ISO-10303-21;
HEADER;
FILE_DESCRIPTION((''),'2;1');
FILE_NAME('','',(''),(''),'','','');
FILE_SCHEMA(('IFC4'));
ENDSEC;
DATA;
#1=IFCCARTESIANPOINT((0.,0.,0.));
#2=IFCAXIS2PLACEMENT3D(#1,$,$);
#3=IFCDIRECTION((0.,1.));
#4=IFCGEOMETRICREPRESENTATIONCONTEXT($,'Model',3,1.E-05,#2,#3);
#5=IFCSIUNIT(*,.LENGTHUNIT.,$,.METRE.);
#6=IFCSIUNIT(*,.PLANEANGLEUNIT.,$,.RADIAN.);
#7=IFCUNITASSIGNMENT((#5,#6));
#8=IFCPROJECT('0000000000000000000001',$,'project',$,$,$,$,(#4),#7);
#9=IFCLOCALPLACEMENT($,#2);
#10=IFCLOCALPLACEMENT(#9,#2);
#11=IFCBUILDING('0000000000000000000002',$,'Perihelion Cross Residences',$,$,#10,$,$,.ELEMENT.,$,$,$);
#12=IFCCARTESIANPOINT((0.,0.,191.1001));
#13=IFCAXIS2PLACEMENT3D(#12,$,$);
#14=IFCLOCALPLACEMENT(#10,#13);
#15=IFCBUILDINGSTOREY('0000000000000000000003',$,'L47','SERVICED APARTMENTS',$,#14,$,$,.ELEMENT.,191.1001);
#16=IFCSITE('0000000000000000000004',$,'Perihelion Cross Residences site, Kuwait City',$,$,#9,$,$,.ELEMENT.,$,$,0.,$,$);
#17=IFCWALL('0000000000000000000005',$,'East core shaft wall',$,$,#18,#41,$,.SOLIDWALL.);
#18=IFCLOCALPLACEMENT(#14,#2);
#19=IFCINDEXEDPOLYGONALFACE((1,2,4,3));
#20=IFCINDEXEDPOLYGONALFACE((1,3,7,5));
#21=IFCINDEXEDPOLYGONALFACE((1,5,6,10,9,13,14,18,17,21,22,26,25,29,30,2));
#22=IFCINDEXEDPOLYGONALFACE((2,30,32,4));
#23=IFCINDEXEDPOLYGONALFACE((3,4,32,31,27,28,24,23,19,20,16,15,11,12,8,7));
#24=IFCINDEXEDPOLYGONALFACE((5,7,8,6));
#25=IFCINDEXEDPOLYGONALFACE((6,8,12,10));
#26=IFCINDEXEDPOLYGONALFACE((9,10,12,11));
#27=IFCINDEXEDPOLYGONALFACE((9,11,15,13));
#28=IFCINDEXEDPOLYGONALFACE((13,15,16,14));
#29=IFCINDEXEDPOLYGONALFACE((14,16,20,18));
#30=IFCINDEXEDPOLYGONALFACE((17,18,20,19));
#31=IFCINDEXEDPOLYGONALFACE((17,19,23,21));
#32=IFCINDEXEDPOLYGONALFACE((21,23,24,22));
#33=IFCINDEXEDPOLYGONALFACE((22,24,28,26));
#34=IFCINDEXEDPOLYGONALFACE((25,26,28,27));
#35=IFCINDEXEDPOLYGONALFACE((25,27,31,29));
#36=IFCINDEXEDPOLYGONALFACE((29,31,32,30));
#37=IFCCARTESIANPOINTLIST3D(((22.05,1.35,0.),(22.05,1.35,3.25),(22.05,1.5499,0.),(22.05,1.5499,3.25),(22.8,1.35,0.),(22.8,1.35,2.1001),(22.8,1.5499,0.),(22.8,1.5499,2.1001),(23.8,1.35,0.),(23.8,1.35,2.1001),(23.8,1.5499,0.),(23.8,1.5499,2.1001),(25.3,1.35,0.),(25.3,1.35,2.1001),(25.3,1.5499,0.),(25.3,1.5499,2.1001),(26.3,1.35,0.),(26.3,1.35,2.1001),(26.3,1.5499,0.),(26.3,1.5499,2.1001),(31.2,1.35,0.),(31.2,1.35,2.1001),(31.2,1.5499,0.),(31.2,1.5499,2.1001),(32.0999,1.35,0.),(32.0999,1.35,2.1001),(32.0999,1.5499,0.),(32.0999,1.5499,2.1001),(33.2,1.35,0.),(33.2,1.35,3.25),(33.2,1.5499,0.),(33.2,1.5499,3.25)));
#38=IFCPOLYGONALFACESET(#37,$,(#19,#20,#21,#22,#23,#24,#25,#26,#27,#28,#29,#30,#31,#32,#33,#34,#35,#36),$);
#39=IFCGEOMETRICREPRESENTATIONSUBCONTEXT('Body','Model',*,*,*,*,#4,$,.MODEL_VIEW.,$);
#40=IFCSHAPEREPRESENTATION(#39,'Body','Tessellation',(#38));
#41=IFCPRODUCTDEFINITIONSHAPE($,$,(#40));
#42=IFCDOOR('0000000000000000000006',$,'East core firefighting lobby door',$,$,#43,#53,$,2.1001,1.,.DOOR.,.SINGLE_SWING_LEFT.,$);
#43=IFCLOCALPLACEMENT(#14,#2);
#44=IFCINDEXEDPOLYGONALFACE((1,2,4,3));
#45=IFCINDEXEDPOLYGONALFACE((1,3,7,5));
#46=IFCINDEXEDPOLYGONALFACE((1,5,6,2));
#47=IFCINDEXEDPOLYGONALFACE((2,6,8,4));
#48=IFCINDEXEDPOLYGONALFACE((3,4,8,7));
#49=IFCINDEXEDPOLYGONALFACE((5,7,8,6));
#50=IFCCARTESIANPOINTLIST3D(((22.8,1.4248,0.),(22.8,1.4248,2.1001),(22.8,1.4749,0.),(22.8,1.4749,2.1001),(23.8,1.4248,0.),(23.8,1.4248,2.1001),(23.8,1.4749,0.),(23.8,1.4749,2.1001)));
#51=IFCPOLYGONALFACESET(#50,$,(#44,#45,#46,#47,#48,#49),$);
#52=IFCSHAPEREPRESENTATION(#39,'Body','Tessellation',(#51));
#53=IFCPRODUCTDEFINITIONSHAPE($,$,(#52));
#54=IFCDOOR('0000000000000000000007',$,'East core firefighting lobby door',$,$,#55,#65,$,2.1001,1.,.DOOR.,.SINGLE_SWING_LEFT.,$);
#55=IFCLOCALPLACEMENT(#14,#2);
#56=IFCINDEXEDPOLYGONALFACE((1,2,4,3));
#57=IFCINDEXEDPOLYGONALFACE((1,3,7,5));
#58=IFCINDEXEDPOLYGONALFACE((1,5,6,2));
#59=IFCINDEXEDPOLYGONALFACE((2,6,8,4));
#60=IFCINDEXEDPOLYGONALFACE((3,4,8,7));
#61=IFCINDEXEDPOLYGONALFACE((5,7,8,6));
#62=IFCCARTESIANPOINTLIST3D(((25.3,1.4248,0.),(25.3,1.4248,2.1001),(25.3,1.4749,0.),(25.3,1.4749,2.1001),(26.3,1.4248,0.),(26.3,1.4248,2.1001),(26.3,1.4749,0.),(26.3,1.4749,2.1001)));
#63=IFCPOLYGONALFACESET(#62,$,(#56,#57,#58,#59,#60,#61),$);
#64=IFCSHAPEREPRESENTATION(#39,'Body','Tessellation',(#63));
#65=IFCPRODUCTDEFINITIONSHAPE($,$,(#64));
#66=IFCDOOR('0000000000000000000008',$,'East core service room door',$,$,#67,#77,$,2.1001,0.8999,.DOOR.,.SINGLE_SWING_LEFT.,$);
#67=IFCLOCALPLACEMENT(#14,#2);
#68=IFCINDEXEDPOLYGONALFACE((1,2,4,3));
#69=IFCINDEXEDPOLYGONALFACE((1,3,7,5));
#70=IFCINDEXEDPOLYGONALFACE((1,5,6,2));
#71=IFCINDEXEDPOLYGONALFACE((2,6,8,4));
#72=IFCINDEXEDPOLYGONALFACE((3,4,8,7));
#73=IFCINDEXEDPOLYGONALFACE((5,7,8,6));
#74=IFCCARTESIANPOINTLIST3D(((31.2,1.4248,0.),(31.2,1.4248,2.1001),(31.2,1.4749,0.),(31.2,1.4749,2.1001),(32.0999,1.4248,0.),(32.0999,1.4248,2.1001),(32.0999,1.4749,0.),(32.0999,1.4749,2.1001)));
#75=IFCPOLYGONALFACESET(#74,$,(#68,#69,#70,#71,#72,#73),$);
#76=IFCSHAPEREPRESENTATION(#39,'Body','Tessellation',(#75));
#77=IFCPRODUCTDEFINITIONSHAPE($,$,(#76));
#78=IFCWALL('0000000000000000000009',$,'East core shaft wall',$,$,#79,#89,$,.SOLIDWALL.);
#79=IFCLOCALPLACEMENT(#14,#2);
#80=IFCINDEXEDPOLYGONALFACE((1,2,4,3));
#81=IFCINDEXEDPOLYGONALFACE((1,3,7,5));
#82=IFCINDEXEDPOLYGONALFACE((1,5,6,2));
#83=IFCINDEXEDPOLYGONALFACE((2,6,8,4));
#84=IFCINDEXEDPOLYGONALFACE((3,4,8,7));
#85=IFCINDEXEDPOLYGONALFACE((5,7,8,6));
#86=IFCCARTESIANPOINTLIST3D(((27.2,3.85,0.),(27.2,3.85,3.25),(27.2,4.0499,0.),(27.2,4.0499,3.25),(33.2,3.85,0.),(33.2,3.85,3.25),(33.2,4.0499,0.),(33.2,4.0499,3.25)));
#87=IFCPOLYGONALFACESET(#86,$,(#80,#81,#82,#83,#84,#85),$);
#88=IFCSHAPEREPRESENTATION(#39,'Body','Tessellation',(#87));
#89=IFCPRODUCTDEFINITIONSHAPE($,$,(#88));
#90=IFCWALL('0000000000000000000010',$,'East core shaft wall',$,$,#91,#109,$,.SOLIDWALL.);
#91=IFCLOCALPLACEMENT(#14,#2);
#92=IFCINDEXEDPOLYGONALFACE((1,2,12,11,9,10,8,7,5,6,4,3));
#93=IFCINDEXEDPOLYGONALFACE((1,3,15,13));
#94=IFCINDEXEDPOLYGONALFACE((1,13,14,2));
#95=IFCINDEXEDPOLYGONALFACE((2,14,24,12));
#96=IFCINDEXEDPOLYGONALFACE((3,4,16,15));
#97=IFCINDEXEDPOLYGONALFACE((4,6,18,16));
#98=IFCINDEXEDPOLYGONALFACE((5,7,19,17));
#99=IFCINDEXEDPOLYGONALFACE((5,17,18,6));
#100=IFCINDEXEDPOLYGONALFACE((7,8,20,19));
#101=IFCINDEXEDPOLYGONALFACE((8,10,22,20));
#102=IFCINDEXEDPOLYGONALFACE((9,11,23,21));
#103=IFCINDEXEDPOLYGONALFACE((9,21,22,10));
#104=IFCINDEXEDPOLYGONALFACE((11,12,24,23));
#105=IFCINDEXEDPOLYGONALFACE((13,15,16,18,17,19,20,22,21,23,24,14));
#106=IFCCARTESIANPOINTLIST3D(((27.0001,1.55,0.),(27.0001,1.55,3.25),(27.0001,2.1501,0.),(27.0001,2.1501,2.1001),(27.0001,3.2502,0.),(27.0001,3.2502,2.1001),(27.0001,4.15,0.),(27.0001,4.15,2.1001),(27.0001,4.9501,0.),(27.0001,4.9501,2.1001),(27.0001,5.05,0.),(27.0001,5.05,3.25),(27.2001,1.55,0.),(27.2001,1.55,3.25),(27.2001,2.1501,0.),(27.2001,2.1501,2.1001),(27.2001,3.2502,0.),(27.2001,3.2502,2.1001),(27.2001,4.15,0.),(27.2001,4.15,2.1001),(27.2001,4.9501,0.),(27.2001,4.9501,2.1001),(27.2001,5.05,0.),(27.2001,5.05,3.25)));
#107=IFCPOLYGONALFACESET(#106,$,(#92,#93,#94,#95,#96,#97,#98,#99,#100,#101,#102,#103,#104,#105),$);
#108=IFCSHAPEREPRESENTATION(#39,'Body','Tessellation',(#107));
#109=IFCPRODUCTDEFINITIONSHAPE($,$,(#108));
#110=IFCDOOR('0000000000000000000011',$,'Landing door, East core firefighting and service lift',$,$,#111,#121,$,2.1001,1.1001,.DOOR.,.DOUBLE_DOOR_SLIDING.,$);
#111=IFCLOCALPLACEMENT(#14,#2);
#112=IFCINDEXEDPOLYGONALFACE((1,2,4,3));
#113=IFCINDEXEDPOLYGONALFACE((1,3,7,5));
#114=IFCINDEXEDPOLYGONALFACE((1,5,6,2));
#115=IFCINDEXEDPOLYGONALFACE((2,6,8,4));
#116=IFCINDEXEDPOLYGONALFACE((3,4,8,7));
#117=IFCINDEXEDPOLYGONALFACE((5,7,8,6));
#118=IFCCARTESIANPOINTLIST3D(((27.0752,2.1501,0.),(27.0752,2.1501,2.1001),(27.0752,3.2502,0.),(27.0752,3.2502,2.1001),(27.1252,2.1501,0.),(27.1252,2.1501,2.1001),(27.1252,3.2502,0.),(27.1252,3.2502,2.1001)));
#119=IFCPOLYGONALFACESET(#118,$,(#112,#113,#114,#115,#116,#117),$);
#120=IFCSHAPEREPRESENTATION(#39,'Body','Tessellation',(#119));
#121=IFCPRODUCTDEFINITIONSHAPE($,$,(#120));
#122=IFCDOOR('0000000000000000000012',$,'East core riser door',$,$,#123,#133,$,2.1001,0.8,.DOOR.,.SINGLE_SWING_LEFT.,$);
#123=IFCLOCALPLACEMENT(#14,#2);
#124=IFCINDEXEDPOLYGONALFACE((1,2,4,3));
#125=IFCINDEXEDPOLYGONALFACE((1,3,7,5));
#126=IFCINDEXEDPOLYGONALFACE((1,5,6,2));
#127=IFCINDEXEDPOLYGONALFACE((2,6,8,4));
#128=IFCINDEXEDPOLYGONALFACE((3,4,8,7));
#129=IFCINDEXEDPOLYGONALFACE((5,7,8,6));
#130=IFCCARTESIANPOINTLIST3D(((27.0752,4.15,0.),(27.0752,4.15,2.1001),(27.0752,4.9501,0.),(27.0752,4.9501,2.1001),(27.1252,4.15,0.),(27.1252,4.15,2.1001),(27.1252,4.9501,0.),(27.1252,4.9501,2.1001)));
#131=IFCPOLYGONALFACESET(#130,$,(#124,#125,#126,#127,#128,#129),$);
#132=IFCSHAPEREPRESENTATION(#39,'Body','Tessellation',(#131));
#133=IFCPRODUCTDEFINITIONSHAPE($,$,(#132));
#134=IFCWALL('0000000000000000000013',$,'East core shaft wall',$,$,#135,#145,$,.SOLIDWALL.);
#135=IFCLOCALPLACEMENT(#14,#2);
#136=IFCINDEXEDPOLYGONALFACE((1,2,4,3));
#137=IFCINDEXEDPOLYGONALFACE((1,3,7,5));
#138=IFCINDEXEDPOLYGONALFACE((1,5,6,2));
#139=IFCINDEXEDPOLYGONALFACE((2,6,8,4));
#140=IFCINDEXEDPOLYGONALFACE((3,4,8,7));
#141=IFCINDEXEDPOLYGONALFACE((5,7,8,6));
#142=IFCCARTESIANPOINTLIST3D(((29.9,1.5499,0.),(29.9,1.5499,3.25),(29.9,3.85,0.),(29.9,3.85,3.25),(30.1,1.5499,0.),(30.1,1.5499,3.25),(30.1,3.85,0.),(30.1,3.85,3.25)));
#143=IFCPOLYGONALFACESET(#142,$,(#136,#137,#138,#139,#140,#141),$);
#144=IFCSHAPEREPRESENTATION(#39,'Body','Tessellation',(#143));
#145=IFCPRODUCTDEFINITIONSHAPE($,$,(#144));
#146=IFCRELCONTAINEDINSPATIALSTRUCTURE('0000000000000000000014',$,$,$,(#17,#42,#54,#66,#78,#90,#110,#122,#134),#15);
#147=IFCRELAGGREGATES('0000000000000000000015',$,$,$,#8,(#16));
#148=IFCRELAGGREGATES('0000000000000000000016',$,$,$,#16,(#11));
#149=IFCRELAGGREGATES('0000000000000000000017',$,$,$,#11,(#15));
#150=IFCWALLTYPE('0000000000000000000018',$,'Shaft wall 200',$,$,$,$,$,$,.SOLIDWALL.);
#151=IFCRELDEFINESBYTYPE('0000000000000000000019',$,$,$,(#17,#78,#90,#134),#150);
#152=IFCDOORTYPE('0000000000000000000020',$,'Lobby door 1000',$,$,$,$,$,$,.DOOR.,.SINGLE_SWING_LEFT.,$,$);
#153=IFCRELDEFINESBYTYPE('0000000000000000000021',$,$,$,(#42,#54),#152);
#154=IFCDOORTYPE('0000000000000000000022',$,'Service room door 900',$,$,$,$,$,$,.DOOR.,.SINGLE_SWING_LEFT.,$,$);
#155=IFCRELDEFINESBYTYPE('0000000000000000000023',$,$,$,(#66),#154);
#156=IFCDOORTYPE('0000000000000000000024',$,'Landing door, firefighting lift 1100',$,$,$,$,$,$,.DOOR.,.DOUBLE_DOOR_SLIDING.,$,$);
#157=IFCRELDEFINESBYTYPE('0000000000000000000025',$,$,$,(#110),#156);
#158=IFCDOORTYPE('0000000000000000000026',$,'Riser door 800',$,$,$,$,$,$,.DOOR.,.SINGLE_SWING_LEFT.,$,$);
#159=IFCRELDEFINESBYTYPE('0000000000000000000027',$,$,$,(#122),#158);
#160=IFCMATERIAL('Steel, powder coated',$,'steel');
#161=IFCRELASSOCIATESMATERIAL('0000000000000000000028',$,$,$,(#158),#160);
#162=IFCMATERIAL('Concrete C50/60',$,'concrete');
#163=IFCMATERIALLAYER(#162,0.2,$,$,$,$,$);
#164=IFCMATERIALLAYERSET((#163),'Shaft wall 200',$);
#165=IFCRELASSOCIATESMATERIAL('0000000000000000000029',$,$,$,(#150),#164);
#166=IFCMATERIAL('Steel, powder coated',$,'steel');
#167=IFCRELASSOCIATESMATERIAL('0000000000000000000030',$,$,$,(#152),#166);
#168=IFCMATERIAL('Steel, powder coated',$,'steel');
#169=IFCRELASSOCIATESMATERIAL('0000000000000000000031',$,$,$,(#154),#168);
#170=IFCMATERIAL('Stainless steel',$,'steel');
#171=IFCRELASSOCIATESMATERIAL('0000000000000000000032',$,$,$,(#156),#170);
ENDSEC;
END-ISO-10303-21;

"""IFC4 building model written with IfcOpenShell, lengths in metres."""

from ifc_helpers import new_model, si_unit, direction, frame, frame_2d, origin, place, context, subcontext, project, spatial, rectangle, extrude, material, layer, layer_set, type_object, element, fill, save


model = new_model("IFC4")

# Units and contexts
model_context = context("Model", 3, precision=1e-05, world=origin(), true_north=direction((0.0, 1.0)))
body_context = subcontext(model_context, "Body", "Model", "MODEL_VIEW")
ifc_project = project(units=[si_unit("LENGTHUNIT", "METRE"), si_unit("PLANEANGLEUNIT", "RADIAN")], contexts=[model_context])

# Site, building, storey
site_placement = place(None, origin())
site = spatial("IfcSite", under=ifc_project, at=site_placement, Name="Perihelion Cross Residences site, Kuwait City", CompositionType="ELEMENT", RefElevation=0.0)
building_placement = place(site_placement, origin())
building = spatial("IfcBuilding", under=site, at=building_placement, Name="Perihelion Cross Residences", CompositionType="ELEMENT")
storey_placement = place(building_placement, frame((0.0, 0.0, 191.1001)))
storey = spatial("IfcBuildingStorey", under=building, at=storey_placement, Name="L47", Description="SERVICED APARTMENTS", CompositionType="ELEMENT", Elevation=191.1001)

# Shared definitions
ifc_material_1 = material(Name="Steel, powder coated", Category="steel")
door_type_1 = type_object("IfcDoorType", Name="Riser door 800", OperationType="SINGLE_SWING_LEFT", PredefinedType="DOOR", material=ifc_material_1)

# Wall, openings, doors
ifc_material_2 = material(Name="Concrete C50/60", Category="concrete")
ifc_layer_1 = layer(ifc_material_2, 0.2)
ifc_layer_set_1 = layer_set([ifc_layer_1], Name="Shaft wall 200")
wall_type_1 = type_object("IfcWallType", Name="Shaft wall 200", PredefinedType="SOLIDWALL", material=ifc_layer_set_1)
wall_1_placement = place(storey_placement, frame((22.05, 1.45, 0.0), z_axis=(0.0, 0.0, 1.0), x_axis=(1.0, 0.0, 0.0)))
wall_1 = element("IfcWall", 1, at=wall_1_placement, inside=storey, type_object=wall_type_1, Name="East core shaft wall", PredefinedType="SOLIDWALL", context=body_context, shape_type="SweptSolid", body=[
    extrude(rectangle(XDim=11.1499, YDim=0.2, at=frame_2d((5.575, 0.0))), origin(), (0.0, 0.0, 1.0), 3.25),
])
opening_1_placement = place(wall_1_placement, frame((0.75, 0.0, 0.0)))
opening_1 = element("IfcOpeningElement", 2, at=opening_1_placement, cuts=wall_1, PredefinedType="OPENING", context=body_context, shape_type="SweptSolid", body=[
    extrude(rectangle(XDim=1.0, YDim=2.1001, at=frame_2d((0.5, 1.05))), frame((0.0, 0.1099, 0.0), z_axis=(0.0, -1.0, 0.0), x_axis=(1.0, 0.0, 0.0)), (0.0, 0.0, 1.0), 0.22),
])
opening_2_placement = place(wall_1_placement, frame((3.25, 0.0, 0.0)))
opening_2 = element("IfcOpeningElement", 3, at=opening_2_placement, cuts=wall_1, PredefinedType="OPENING", context=body_context, shape_type="SweptSolid", body=[
    extrude(rectangle(XDim=1.0, YDim=2.1001, at=frame_2d((0.5, 1.05))), frame((0.0, 0.1099, 0.0), z_axis=(0.0, -1.0, 0.0), x_axis=(1.0, 0.0, 0.0)), (0.0, 0.0, 1.0), 0.22),
])
opening_3_placement = place(wall_1_placement, frame((9.1499, 0.0, 0.0)))
opening_3 = element("IfcOpeningElement", 4, at=opening_3_placement, cuts=wall_1, PredefinedType="OPENING", context=body_context, shape_type="SweptSolid", body=[
    extrude(rectangle(XDim=0.8999, YDim=2.1001, at=frame_2d((0.45, 1.05))), frame((0.0, 0.1099, 0.0), z_axis=(0.0, -1.0, 0.0), x_axis=(1.0, 0.0, 0.0)), (0.0, 0.0, 1.0), 0.22),
])
ifc_material_3 = material(Name="Steel, powder coated", Category="steel")
door_type_2 = type_object("IfcDoorType", Name="Lobby door 1000", OperationType="SINGLE_SWING_LEFT", PredefinedType="DOOR", material=ifc_material_3)
door_1_placement = place(opening_1_placement, origin())
door_1 = element("IfcDoor", 5, at=door_1_placement, inside=storey, type_object=door_type_2, Name="East core firefighting lobby door", OperationType="SINGLE_SWING_LEFT", OverallHeight=2.1001, OverallWidth=1.0, PredefinedType="DOOR", context=body_context, shape_type="SweptSolid", body=[
    extrude(rectangle(XDim=1.0, YDim=2.1001, at=frame_2d((0.5, 1.05))), frame((0.0, 0.0249, 0.0), z_axis=(0.0, -1.0, 0.0), x_axis=(1.0, 0.0, 0.0)), (0.0, 0.0, 1.0), 0.05),
])
fill(opening_1, door_1)
door_2_placement = place(opening_2_placement, origin())
door_2 = element("IfcDoor", 6, at=door_2_placement, inside=storey, type_object=door_type_2, Name="East core firefighting lobby door", OperationType="SINGLE_SWING_LEFT", OverallHeight=2.1001, OverallWidth=1.0, PredefinedType="DOOR", context=body_context, shape_type="SweptSolid", body=[
    extrude(rectangle(XDim=1.0, YDim=2.1001, at=frame_2d((0.5, 1.05))), frame((0.0, 0.0249, 0.0), z_axis=(0.0, -1.0, 0.0), x_axis=(1.0, 0.0, 0.0)), (0.0, 0.0, 1.0), 0.05),
])
fill(opening_2, door_2)
ifc_material_4 = material(Name="Steel, powder coated", Category="steel")
door_type_3 = type_object("IfcDoorType", Name="Service room door 900", OperationType="SINGLE_SWING_LEFT", PredefinedType="DOOR", material=ifc_material_4)
door_3_placement = place(opening_3_placement, origin())
door_3 = element("IfcDoor", 7, at=door_3_placement, inside=storey, type_object=door_type_3, Name="East core service room door", OperationType="SINGLE_SWING_LEFT", OverallHeight=2.1001, OverallWidth=0.8999, PredefinedType="DOOR", context=body_context, shape_type="SweptSolid", body=[
    extrude(rectangle(XDim=0.8999, YDim=2.1001, at=frame_2d((0.45, 1.05))), frame((0.0, 0.0249, 0.0), z_axis=(0.0, -1.0, 0.0), x_axis=(1.0, 0.0, 0.0)), (0.0, 0.0, 1.0), 0.05),
])
fill(opening_3, door_3)

# Wall
wall_2_placement = place(storey_placement, frame((27.2, 3.95, 0.0), z_axis=(0.0, 0.0, 1.0), x_axis=(1.0, 0.0, 0.0)))
element("IfcWall", 8, at=wall_2_placement, inside=storey, type_object=wall_type_1, Name="East core shaft wall", PredefinedType="SOLIDWALL", context=body_context, shape_type="SweptSolid", body=[
    extrude(rectangle(XDim=6.0, YDim=0.2, at=frame_2d((3.0, 0.0))), origin(), (0.0, 0.0, 1.0), 3.25),
])

# Wall, openings, doors
wall_3_placement = place(storey_placement, frame((27.1001, 1.55, 0.0), z_axis=(0.0, 0.0, 1.0), x_axis=(0.0, 1.0, 0.0)))
wall_3 = element("IfcWall", 9, at=wall_3_placement, inside=storey, type_object=wall_type_1, Name="East core shaft wall", PredefinedType="SOLIDWALL", context=body_context, shape_type="SweptSolid", body=[
    extrude(rectangle(XDim=3.5, YDim=0.2, at=frame_2d((1.75, 0.0))), origin(), (0.0, 0.0, 1.0), 3.25),
])
opening_4_placement = place(wall_3_placement, frame((0.6001, 0.0, 0.0)))
opening_4 = element("IfcOpeningElement", 10, at=opening_4_placement, cuts=wall_3, PredefinedType="OPENING", context=body_context, shape_type="SweptSolid", body=[
    extrude(rectangle(XDim=1.1001, YDim=2.1001, at=frame_2d((0.55, 1.05))), frame((0.0, 0.1099, 0.0), z_axis=(0.0, -1.0, 0.0), x_axis=(1.0, 0.0, 0.0)), (0.0, 0.0, 1.0), 0.22),
])
opening_5_placement = place(wall_3_placement, frame((2.6001, 0.0, 0.0)))
opening_5 = element("IfcOpeningElement", 11, at=opening_5_placement, cuts=wall_3, PredefinedType="OPENING", context=body_context, shape_type="SweptSolid", body=[
    extrude(rectangle(XDim=0.8, YDim=2.1001, at=frame_2d((0.3999, 1.05))), frame((0.0, 0.1099, 0.0), z_axis=(0.0, -1.0, 0.0), x_axis=(1.0, 0.0, 0.0)), (0.0, 0.0, 1.0), 0.22),
])
ifc_material_5 = material(Name="Stainless steel", Category="steel")
door_type_4 = type_object("IfcDoorType", Name="Landing door, firefighting lift 1100", OperationType="DOUBLE_DOOR_SLIDING", PredefinedType="DOOR", material=ifc_material_5)
door_4_placement = place(opening_4_placement, origin())
door_4 = element("IfcDoor", 12, at=door_4_placement, inside=storey, type_object=door_type_4, Name="Landing door, East core firefighting and service lift", OperationType="DOUBLE_DOOR_SLIDING", OverallHeight=2.1001, OverallWidth=1.1001, PredefinedType="DOOR", context=body_context, shape_type="SweptSolid", body=[
    extrude(rectangle(XDim=1.1001, YDim=2.1001, at=frame_2d((0.55, 1.05))), frame((0.0, 0.0249, 0.0), z_axis=(0.0, -1.0, 0.0), x_axis=(1.0, 0.0, 0.0)), (0.0, 0.0, 1.0), 0.05),
])
fill(opening_4, door_4)
door_5_placement = place(opening_5_placement, origin())
door_5 = element("IfcDoor", 13, at=door_5_placement, inside=storey, type_object=door_type_1, Name="East core riser door", OperationType="SINGLE_SWING_LEFT", OverallHeight=2.1001, OverallWidth=0.8, PredefinedType="DOOR", context=body_context, shape_type="SweptSolid", body=[
    extrude(rectangle(XDim=0.8, YDim=2.1001, at=frame_2d((0.3999, 1.05))), frame((0.0, 0.0249, 0.0), z_axis=(0.0, -1.0, 0.0), x_axis=(1.0, 0.0, 0.0)), (0.0, 0.0, 1.0), 0.05),
])
fill(opening_5, door_5)

# Wall
wall_4_placement = place(storey_placement, frame((30.0, 1.55, 0.0), z_axis=(0.0, 0.0, 1.0), x_axis=(0.0, 1.0, 0.0)))
element("IfcWall", 14, at=wall_4_placement, inside=storey, type_object=wall_type_1, Name="East core shaft wall", PredefinedType="SOLIDWALL", context=body_context, shape_type="SweptSolid", body=[
    extrude(rectangle(XDim=2.3, YDim=0.2, at=frame_2d((1.1499, 0.0))), origin(), (0.0, 0.0, 1.0), 3.25),
])

save(model, "model.ifc")
